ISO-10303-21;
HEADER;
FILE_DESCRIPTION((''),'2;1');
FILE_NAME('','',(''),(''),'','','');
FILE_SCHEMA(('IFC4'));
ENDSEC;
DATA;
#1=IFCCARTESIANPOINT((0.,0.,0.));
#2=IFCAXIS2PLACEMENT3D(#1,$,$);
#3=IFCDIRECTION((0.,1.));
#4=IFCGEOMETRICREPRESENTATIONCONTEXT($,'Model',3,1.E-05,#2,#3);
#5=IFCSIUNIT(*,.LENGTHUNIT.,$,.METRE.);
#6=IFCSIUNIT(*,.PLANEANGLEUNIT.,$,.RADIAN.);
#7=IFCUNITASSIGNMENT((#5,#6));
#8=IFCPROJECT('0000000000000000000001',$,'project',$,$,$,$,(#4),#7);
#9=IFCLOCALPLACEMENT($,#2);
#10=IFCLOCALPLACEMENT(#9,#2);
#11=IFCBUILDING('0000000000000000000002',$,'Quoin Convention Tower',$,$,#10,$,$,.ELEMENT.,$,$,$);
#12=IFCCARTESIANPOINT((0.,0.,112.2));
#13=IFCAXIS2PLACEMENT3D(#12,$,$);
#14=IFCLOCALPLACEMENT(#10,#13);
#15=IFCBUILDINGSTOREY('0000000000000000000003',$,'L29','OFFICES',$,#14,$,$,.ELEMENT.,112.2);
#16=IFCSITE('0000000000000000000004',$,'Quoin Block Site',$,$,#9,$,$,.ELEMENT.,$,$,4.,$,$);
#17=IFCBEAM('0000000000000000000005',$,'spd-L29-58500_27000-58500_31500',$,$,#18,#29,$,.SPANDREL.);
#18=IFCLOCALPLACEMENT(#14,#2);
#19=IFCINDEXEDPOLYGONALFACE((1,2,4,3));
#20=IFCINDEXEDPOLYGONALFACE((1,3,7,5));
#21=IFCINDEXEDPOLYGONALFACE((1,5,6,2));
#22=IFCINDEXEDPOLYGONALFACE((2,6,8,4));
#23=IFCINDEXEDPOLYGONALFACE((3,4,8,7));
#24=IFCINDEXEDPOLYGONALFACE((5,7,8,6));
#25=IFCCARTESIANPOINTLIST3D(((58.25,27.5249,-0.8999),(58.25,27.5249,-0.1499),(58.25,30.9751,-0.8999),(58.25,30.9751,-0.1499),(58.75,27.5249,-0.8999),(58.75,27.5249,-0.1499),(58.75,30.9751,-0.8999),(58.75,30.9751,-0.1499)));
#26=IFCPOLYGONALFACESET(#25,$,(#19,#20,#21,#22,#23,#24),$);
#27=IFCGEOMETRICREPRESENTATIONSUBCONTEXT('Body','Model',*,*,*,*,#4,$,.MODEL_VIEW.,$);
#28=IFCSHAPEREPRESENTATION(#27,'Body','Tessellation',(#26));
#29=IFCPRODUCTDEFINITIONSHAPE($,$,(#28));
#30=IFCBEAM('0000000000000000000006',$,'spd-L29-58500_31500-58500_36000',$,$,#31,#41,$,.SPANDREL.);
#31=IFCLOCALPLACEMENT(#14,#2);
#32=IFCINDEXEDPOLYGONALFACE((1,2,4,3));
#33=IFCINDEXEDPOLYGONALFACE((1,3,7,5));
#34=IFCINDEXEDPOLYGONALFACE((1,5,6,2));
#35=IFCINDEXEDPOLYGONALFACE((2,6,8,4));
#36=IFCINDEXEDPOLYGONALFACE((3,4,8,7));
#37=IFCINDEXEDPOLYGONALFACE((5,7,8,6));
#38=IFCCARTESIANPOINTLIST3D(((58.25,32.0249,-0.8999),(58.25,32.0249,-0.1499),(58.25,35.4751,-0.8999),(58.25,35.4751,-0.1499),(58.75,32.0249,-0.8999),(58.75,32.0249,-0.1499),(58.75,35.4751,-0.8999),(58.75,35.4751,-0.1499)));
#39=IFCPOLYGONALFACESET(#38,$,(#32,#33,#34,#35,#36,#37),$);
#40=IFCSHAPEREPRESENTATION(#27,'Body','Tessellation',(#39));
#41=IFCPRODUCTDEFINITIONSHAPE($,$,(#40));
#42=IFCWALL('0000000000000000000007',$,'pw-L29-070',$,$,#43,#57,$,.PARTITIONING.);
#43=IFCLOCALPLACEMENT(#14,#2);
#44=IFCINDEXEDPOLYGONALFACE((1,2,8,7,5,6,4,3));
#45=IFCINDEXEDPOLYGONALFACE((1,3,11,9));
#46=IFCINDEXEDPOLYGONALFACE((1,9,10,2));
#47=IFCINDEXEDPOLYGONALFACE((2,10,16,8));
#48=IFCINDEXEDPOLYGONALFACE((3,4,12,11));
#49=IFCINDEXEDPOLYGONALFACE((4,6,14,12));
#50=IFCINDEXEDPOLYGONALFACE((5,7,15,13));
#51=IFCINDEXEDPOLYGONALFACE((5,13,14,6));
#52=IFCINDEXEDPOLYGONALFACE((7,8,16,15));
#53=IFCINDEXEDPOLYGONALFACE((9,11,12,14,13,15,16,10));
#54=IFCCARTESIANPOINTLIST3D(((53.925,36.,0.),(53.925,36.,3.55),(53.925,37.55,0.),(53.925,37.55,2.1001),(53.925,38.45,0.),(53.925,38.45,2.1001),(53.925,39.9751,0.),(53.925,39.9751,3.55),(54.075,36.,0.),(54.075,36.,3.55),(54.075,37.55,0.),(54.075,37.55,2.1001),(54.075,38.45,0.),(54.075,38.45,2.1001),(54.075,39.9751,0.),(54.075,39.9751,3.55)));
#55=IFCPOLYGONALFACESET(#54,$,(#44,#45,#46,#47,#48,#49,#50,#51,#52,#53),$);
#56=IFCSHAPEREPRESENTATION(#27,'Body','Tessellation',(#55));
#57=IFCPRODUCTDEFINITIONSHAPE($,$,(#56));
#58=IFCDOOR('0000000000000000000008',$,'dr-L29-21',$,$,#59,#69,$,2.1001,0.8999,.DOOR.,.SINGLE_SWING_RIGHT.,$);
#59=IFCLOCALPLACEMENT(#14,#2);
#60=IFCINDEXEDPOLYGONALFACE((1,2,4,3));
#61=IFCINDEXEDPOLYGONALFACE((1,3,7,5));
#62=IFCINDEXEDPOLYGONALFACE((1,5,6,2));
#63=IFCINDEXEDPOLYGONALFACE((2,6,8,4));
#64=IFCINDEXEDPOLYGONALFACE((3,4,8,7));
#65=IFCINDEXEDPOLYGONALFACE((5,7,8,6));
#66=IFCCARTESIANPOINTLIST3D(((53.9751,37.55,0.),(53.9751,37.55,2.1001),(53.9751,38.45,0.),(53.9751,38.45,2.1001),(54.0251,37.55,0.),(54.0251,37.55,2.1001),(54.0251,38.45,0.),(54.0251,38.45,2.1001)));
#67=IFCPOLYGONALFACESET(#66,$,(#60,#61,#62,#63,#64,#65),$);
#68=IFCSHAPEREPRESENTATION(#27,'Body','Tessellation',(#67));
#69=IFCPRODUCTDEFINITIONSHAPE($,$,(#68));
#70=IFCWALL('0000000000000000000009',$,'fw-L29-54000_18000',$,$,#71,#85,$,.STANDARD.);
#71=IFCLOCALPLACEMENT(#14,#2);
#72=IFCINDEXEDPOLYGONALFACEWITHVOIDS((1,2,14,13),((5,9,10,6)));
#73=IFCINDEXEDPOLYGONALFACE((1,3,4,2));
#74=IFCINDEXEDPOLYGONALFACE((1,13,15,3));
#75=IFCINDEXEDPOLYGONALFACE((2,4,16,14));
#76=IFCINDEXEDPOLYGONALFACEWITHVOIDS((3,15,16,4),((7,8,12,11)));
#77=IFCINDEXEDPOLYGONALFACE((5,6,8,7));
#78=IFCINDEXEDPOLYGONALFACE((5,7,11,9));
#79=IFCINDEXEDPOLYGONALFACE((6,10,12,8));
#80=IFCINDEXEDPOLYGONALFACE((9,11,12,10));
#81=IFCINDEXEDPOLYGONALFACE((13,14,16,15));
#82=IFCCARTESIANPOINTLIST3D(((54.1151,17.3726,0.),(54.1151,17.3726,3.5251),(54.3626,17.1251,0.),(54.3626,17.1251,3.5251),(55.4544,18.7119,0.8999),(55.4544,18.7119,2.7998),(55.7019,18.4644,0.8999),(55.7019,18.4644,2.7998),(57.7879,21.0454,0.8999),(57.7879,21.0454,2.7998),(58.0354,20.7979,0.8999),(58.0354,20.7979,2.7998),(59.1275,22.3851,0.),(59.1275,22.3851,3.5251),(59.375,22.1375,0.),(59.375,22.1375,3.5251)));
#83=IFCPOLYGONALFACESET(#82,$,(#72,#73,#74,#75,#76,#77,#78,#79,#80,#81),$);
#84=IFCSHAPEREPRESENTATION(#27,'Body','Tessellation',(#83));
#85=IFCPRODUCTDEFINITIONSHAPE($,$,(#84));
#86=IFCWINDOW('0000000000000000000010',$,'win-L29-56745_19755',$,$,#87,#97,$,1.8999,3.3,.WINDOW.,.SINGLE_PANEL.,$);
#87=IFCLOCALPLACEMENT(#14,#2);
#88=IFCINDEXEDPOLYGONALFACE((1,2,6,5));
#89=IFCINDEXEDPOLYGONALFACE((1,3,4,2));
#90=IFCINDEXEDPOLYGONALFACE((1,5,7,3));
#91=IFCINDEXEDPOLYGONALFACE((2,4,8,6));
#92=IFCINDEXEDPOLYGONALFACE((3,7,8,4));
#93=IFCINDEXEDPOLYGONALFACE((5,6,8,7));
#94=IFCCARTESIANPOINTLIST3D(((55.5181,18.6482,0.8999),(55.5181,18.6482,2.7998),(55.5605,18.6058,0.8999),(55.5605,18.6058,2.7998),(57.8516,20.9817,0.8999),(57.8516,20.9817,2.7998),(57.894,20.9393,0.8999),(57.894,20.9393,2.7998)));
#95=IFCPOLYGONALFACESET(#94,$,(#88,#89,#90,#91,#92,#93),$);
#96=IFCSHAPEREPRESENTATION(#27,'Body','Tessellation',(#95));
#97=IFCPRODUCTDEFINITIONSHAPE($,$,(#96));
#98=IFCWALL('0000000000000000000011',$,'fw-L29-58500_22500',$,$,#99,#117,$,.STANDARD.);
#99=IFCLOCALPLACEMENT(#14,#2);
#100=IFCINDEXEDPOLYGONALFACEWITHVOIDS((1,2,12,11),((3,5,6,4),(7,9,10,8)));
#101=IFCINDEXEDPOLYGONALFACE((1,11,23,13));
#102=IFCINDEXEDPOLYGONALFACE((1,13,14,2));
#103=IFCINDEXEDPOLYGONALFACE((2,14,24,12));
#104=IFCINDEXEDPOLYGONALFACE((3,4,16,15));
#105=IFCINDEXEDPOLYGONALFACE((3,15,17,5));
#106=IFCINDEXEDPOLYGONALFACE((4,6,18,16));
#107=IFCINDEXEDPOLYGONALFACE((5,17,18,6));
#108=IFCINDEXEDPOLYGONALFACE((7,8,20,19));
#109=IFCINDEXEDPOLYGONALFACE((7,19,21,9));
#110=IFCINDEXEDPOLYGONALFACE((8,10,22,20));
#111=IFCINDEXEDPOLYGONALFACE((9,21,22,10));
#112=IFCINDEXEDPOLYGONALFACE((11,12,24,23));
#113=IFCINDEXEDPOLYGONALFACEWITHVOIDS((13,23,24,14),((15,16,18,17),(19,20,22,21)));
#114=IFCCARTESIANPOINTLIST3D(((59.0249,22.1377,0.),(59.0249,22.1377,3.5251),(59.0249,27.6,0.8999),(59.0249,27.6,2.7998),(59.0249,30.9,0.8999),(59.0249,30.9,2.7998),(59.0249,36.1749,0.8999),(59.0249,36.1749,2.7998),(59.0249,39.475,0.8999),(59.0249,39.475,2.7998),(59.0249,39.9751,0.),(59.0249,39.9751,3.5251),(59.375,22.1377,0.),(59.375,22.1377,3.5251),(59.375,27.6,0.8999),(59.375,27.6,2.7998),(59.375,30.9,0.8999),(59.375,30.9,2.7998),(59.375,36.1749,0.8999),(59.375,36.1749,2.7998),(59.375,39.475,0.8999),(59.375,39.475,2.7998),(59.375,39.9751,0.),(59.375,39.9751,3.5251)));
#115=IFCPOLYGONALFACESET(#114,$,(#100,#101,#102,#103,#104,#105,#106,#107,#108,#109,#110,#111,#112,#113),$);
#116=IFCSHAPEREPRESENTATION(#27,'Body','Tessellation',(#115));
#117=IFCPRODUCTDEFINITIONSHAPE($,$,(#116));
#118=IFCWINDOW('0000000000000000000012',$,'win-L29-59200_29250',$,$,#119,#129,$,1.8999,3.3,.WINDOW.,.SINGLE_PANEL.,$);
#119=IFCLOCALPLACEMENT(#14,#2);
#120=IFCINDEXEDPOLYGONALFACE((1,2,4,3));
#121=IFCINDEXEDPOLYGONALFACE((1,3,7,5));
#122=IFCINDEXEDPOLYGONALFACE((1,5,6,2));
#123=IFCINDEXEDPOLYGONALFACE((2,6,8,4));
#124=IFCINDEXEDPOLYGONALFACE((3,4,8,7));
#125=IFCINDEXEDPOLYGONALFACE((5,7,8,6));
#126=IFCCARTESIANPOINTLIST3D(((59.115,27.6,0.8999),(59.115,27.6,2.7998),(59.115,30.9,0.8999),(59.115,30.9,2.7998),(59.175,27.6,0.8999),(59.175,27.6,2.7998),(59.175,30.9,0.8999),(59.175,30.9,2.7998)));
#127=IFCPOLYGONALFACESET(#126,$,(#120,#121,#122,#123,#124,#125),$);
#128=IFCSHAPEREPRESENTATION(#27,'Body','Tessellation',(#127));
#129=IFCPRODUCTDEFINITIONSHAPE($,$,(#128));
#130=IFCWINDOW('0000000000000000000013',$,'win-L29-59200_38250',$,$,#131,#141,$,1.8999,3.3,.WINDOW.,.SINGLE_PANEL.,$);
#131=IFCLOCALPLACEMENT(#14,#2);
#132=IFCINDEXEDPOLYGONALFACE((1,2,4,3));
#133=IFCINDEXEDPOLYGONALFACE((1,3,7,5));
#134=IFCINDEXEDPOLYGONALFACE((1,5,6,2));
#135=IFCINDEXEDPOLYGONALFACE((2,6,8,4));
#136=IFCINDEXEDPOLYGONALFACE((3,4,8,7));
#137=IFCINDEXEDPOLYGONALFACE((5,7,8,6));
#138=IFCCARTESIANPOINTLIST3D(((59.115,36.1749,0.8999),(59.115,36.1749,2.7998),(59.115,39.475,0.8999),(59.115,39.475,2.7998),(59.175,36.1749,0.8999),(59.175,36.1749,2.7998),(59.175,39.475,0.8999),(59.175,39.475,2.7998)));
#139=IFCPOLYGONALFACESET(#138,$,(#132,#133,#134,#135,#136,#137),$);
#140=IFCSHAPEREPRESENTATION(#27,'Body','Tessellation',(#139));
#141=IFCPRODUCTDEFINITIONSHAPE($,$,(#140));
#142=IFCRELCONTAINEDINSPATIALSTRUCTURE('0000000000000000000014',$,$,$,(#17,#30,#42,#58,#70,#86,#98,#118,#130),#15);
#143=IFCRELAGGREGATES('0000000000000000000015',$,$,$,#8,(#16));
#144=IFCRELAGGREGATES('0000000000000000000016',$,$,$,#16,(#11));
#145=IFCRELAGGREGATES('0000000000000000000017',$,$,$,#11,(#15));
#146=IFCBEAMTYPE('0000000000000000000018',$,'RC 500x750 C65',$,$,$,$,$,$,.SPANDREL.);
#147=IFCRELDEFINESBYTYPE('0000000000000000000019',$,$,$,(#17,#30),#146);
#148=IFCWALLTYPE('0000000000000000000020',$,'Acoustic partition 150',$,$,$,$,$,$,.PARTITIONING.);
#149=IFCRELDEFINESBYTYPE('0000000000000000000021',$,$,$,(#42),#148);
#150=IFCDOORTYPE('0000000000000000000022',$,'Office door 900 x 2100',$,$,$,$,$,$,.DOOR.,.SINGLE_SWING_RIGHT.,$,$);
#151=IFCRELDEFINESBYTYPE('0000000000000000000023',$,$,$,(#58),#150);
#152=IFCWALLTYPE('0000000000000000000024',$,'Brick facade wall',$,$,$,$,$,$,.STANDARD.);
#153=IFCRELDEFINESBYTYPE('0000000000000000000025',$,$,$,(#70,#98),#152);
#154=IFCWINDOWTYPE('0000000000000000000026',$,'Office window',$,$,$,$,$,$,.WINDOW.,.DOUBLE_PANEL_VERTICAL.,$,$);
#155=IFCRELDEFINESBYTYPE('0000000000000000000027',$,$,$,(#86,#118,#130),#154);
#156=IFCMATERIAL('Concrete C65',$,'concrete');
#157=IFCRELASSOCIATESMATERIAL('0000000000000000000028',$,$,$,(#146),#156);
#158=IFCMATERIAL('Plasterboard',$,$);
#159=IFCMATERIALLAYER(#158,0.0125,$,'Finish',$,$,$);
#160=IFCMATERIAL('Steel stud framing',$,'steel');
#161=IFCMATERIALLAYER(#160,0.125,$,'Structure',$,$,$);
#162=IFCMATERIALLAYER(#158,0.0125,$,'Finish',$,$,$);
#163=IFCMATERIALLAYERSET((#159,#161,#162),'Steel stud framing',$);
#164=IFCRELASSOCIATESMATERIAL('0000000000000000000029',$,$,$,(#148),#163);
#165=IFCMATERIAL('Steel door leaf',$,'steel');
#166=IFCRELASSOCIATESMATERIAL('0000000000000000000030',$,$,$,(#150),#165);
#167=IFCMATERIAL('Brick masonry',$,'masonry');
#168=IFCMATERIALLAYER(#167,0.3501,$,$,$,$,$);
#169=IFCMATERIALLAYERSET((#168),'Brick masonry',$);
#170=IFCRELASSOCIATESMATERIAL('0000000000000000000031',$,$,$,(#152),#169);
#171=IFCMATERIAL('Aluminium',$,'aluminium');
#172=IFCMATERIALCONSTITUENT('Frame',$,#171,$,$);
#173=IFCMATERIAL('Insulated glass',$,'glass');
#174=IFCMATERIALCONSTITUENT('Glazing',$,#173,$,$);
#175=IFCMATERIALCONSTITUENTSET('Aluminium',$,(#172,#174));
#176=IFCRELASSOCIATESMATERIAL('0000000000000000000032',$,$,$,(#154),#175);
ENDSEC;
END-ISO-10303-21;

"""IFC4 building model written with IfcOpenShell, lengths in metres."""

from ifc_helpers import new_model, si_unit, direction, frame, frame_2d, origin, origin_2d, place, context, subcontext, project, spatial, rectangle, extrude, material, layer, layer_set, constituent, constituent_set, material_profile, profile_set, type_object, element, fill, save


model = new_model("IFC4")

# Units and contexts
model_context = context("Model", 3, precision=1e-05, world=origin(), true_north=direction((0.0, 1.0)))
body_context = subcontext(model_context, "Body", "Model", "MODEL_VIEW")
ifc_project = project(units=[si_unit("LENGTHUNIT", "METRE"), si_unit("PLANEANGLEUNIT", "RADIAN")], contexts=[model_context])

# Site, building, storey
site_placement = place(None, origin())
site = spatial("IfcSite", under=ifc_project, at=site_placement, Name="Quoin Block Site", CompositionType="ELEMENT", RefElevation=4.0)
building_placement = place(site_placement, origin())
building = spatial("IfcBuilding", under=site, at=building_placement, Name="Quoin Convention Tower", CompositionType="ELEMENT")
storey_placement = place(building_placement, frame((0.0, 0.0, 112.2)))
storey = spatial("IfcBuildingStorey", under=building, at=storey_placement, Name="L29", Description="OFFICES", CompositionType="ELEMENT", Elevation=112.2)

# Shared definitions
ifc_material_1 = material(Name="Concrete C65", Category="concrete")

# Beams
ifc_material_profile_1 = material_profile(ifc_material_1, rectangle(XDim=0.5, YDim=0.75, at=origin_2d()), Name="RC 500x750")
ifc_profile_set_1 = profile_set([ifc_material_profile_1], Name="Concrete C65")
beam_type = type_object("IfcBeamType", Name="RC 500x750 C65", PredefinedType="SPANDREL", material=ifc_profile_set_1)
for number, where, z_axis, x_axis, name in (
    (1, (58.5, 27.5249, -0.5249), (0.0, 1.0, 0.0), (-1.0, 0.0, 0.0), "spd-L29-58500_27000-58500_31500"),
    (2, (58.5, 32.0249, -0.5249), (0.0, 1.0, 0.0), (-1.0, 0.0, 0.0), "spd-L29-58500_31500-58500_36000"),
):
    element("IfcBeam", number, at=place(storey_placement, frame(where, z_axis=z_axis, x_axis=x_axis)), inside=storey, type_object=beam_type, Name=name, PredefinedType="SPANDREL", context=body_context, shape_type="SweptSolid", body=[
        extrude(rectangle(XDim=0.5, YDim=0.75, at=origin_2d()), origin(), (0.0, 0.0, 1.0), 3.4502),
    ])

# Wall, opening, door
ifc_material_2 = material(Name="Plasterboard")
ifc_layer_1 = layer(ifc_material_2, 0.0125, Name="Finish")
ifc_material_3 = material(Name="Steel stud framing", Category="steel")
ifc_layer_2 = layer(ifc_material_3, 0.125, Name="Structure")
ifc_layer_3 = layer(ifc_material_2, 0.0125, Name="Finish")
ifc_layer_set_1 = layer_set([ifc_layer_1, ifc_layer_2, ifc_layer_3], Name="Steel stud framing")
wall_type_1 = type_object("IfcWallType", Name="Acoustic partition 150", PredefinedType="PARTITIONING", material=ifc_layer_set_1)
wall_1_placement = place(storey_placement, frame((54.0, 36.0, 0.0), z_axis=(0.0, 0.0, 1.0), x_axis=(0.0, 1.0, 0.0)))
wall_1 = element("IfcWall", 3, at=wall_1_placement, inside=storey, type_object=wall_type_1, Name="pw-L29-070", PredefinedType="PARTITIONING", context=body_context, shape_type="SweptSolid", body=[
    extrude(rectangle(XDim=3.9751, YDim=0.1499, at=frame_2d((1.9875, 0.0))), origin(), (0.0, 0.0, 1.0), 3.55),
])
opening_1_placement = place(wall_1_placement, frame((1.55, 0.0, 0.0)))
opening_1 = element("IfcOpeningElement", 4, at=opening_1_placement, cuts=wall_1, PredefinedType="OPENING", context=body_context, shape_type="SweptSolid", body=[
    extrude(rectangle(XDim=0.8999, YDim=2.1001, at=frame_2d((0.45, 1.05))), frame((0.0, 0.085, 0.0), z_axis=(0.0, -1.0, 0.0), x_axis=(1.0, 0.0, 0.0)), (0.0, 0.0, 1.0), 0.1699),
])
ifc_material_4 = material(Name="Steel door leaf", Category="steel")
door_type = type_object("IfcDoorType", Name="Office door 900 x 2100", OperationType="SINGLE_SWING_RIGHT", PredefinedType="DOOR", material=ifc_material_4)
door_1_placement = place(opening_1_placement, origin())
door_1 = element("IfcDoor", 5, at=door_1_placement, inside=storey, type_object=door_type, Name="dr-L29-21", OperationType="SINGLE_SWING_RIGHT", OverallHeight=2.1001, OverallWidth=0.8999, PredefinedType="DOOR", context=body_context, shape_type="SweptSolid", body=[
    extrude(rectangle(XDim=0.8999, YDim=2.1001, at=frame_2d((0.45, 1.05))), frame((0.0, 0.0249, 0.0), z_axis=(0.0, -1.0, 0.0), x_axis=(1.0, 0.0, 0.0)), (0.0, 0.0, 1.0), 0.05),
])
fill(opening_1, door_1)

# Wall, opening, window
ifc_material_5 = material(Name="Brick masonry", Category="masonry")
ifc_layer_4 = layer(ifc_material_5, 0.3501)
ifc_layer_set_2 = layer_set([ifc_layer_4], Name="Brick masonry")
wall_type_2 = type_object("IfcWallType", Name="Brick facade wall", PredefinedType="STANDARD", material=ifc_layer_set_2)
wall_2_placement = place(storey_placement, frame((54.2388, 17.2488, 0.0), z_axis=(0.0, 0.0, 1.0), x_axis=(0.707107, 0.707107, 0.0)))
wall_2 = element("IfcWall", 6, at=wall_2_placement, inside=storey, type_object=wall_type_2, Name="fw-L29-54000_18000", PredefinedType="STANDARD", context=body_context, shape_type="SweptSolid", body=[
    extrude(rectangle(XDim=7.0886, YDim=0.3501, at=frame_2d((3.5444, 0.0))), origin(), (0.0, 0.0, 1.0), 3.5251),
])
opening_2_placement = place(wall_2_placement, frame((1.8943, 0.0, 0.8999)))
opening_2 = element("IfcOpeningElement", 7, at=opening_2_placement, cuts=wall_2, PredefinedType="OPENING", context=body_context, shape_type="SweptSolid", body=[
    extrude(rectangle(XDim=3.3, YDim=1.8999, at=frame_2d((1.6499, 0.95))), frame((0.0, 0.1851, 0.0), z_axis=(0.0, -1.0, 0.0), x_axis=(1.0, 0.0, 0.0)), (0.0, 0.0, 1.0), 0.3701),
])
ifc_material_6 = material(Name="Aluminium", Category="aluminium")
ifc_constituent_1 = constituent(ifc_material_6, Name="Frame")
ifc_material_7 = material(Name="Insulated glass", Category="glass")
ifc_constituent_2 = constituent(ifc_material_7, Name="Glazing")
ifc_constituent_set = constituent_set(constituents=[ifc_constituent_1, ifc_constituent_2], Name="Aluminium")
window_type = type_object("IfcWindowType", Name="Office window", PartitioningType="DOUBLE_PANEL_VERTICAL", PredefinedType="WINDOW", material=ifc_constituent_set)
window_1_placement = place(opening_2_placement, origin())
window_1 = element("IfcWindow", 8, at=window_1_placement, inside=storey, type_object=window_type, Name="win-L29-56745_19755", OverallHeight=1.8999, OverallWidth=3.3, PartitioningType="SINGLE_PANEL", PredefinedType="WINDOW", context=body_context, shape_type="SweptSolid", body=[
    extrude(rectangle(XDim=3.3, YDim=1.8999, at=frame_2d((1.6499, 0.95))), frame((0.0, 0.085, 0.0), z_axis=(0.0, -1.0, 0.0), x_axis=(1.0, 0.0, 0.0)), (0.0, 0.0, 1.0), 0.0601),
])
fill(opening_2, window_1)

# Wall, openings, windows
wall_3_placement = place(storey_placement, frame((59.2, 22.1377, 0.0), z_axis=(0.0, 0.0, 1.0), x_axis=(0.0, 1.0, 0.0)))
wall_3 = element("IfcWall", 9, at=wall_3_placement, inside=storey, type_object=wall_type_2, Name="fw-L29-58500_22500", PredefinedType="STANDARD", context=body_context, shape_type="SweptSolid", body=[
    extrude(rectangle(XDim=17.8374, YDim=0.3501, at=frame_2d((8.9187, 0.0))), origin(), (0.0, 0.0, 1.0), 3.5251),
])
opening_3_placement = place(wall_3_placement, frame((5.4624, 0.0, 0.8999)))
opening_3 = element("IfcOpeningElement", 10, at=opening_3_placement, cuts=wall_3, PredefinedType="OPENING", context=body_context, shape_type="SweptSolid", body=[
    extrude(rectangle(XDim=3.3, YDim=1.8999, at=frame_2d((1.6499, 0.95))), frame((0.0, 0.1851, 0.0), z_axis=(0.0, -1.0, 0.0), x_axis=(1.0, 0.0, 0.0)), (0.0, 0.0, 1.0), 0.3701),
])
opening_4_placement = place(wall_3_placement, frame((14.0374, 0.0, 0.8999)))
opening_4 = element("IfcOpeningElement", 11, at=opening_4_placement, cuts=wall_3, PredefinedType="OPENING", context=body_context, shape_type="SweptSolid", body=[
    extrude(rectangle(XDim=3.3, YDim=1.8999, at=frame_2d((1.6499, 0.95))), frame((0.0, 0.1851, 0.0), z_axis=(0.0, -1.0, 0.0), x_axis=(1.0, 0.0, 0.0)), (0.0, 0.0, 1.0), 0.3701),
])
window_2_placement = place(opening_3_placement, origin())
window_2 = element("IfcWindow", 12, at=window_2_placement, inside=storey, type_object=window_type, Name="win-L29-59200_29250", OverallHeight=1.8999, OverallWidth=3.3, PartitioningType="SINGLE_PANEL", PredefinedType="WINDOW", context=body_context, shape_type="SweptSolid", body=[
    extrude(rectangle(XDim=3.3, YDim=1.8999, at=frame_2d((1.6499, 0.95))), frame((0.0, 0.085, 0.0), z_axis=(0.0, -1.0, 0.0), x_axis=(1.0, 0.0, 0.0)), (0.0, 0.0, 1.0), 0.0601),
])
fill(opening_3, window_2)
window_3_placement = place(opening_4_placement, origin())
window_3 = element("IfcWindow", 13, at=window_3_placement, inside=storey, type_object=window_type, Name="win-L29-59200_38250", OverallHeight=1.8999, OverallWidth=3.3, PartitioningType="SINGLE_PANEL", PredefinedType="WINDOW", context=body_context, shape_type="SweptSolid", body=[
    extrude(rectangle(XDim=3.3, YDim=1.8999, at=frame_2d((1.6499, 0.95))), frame((0.0, 0.085, 0.0), z_axis=(0.0, -1.0, 0.0), x_axis=(1.0, 0.0, 0.0)), (0.0, 0.0, 1.0), 0.0601),
])
fill(opening_4, window_3)

save(model, "model.ifc")
